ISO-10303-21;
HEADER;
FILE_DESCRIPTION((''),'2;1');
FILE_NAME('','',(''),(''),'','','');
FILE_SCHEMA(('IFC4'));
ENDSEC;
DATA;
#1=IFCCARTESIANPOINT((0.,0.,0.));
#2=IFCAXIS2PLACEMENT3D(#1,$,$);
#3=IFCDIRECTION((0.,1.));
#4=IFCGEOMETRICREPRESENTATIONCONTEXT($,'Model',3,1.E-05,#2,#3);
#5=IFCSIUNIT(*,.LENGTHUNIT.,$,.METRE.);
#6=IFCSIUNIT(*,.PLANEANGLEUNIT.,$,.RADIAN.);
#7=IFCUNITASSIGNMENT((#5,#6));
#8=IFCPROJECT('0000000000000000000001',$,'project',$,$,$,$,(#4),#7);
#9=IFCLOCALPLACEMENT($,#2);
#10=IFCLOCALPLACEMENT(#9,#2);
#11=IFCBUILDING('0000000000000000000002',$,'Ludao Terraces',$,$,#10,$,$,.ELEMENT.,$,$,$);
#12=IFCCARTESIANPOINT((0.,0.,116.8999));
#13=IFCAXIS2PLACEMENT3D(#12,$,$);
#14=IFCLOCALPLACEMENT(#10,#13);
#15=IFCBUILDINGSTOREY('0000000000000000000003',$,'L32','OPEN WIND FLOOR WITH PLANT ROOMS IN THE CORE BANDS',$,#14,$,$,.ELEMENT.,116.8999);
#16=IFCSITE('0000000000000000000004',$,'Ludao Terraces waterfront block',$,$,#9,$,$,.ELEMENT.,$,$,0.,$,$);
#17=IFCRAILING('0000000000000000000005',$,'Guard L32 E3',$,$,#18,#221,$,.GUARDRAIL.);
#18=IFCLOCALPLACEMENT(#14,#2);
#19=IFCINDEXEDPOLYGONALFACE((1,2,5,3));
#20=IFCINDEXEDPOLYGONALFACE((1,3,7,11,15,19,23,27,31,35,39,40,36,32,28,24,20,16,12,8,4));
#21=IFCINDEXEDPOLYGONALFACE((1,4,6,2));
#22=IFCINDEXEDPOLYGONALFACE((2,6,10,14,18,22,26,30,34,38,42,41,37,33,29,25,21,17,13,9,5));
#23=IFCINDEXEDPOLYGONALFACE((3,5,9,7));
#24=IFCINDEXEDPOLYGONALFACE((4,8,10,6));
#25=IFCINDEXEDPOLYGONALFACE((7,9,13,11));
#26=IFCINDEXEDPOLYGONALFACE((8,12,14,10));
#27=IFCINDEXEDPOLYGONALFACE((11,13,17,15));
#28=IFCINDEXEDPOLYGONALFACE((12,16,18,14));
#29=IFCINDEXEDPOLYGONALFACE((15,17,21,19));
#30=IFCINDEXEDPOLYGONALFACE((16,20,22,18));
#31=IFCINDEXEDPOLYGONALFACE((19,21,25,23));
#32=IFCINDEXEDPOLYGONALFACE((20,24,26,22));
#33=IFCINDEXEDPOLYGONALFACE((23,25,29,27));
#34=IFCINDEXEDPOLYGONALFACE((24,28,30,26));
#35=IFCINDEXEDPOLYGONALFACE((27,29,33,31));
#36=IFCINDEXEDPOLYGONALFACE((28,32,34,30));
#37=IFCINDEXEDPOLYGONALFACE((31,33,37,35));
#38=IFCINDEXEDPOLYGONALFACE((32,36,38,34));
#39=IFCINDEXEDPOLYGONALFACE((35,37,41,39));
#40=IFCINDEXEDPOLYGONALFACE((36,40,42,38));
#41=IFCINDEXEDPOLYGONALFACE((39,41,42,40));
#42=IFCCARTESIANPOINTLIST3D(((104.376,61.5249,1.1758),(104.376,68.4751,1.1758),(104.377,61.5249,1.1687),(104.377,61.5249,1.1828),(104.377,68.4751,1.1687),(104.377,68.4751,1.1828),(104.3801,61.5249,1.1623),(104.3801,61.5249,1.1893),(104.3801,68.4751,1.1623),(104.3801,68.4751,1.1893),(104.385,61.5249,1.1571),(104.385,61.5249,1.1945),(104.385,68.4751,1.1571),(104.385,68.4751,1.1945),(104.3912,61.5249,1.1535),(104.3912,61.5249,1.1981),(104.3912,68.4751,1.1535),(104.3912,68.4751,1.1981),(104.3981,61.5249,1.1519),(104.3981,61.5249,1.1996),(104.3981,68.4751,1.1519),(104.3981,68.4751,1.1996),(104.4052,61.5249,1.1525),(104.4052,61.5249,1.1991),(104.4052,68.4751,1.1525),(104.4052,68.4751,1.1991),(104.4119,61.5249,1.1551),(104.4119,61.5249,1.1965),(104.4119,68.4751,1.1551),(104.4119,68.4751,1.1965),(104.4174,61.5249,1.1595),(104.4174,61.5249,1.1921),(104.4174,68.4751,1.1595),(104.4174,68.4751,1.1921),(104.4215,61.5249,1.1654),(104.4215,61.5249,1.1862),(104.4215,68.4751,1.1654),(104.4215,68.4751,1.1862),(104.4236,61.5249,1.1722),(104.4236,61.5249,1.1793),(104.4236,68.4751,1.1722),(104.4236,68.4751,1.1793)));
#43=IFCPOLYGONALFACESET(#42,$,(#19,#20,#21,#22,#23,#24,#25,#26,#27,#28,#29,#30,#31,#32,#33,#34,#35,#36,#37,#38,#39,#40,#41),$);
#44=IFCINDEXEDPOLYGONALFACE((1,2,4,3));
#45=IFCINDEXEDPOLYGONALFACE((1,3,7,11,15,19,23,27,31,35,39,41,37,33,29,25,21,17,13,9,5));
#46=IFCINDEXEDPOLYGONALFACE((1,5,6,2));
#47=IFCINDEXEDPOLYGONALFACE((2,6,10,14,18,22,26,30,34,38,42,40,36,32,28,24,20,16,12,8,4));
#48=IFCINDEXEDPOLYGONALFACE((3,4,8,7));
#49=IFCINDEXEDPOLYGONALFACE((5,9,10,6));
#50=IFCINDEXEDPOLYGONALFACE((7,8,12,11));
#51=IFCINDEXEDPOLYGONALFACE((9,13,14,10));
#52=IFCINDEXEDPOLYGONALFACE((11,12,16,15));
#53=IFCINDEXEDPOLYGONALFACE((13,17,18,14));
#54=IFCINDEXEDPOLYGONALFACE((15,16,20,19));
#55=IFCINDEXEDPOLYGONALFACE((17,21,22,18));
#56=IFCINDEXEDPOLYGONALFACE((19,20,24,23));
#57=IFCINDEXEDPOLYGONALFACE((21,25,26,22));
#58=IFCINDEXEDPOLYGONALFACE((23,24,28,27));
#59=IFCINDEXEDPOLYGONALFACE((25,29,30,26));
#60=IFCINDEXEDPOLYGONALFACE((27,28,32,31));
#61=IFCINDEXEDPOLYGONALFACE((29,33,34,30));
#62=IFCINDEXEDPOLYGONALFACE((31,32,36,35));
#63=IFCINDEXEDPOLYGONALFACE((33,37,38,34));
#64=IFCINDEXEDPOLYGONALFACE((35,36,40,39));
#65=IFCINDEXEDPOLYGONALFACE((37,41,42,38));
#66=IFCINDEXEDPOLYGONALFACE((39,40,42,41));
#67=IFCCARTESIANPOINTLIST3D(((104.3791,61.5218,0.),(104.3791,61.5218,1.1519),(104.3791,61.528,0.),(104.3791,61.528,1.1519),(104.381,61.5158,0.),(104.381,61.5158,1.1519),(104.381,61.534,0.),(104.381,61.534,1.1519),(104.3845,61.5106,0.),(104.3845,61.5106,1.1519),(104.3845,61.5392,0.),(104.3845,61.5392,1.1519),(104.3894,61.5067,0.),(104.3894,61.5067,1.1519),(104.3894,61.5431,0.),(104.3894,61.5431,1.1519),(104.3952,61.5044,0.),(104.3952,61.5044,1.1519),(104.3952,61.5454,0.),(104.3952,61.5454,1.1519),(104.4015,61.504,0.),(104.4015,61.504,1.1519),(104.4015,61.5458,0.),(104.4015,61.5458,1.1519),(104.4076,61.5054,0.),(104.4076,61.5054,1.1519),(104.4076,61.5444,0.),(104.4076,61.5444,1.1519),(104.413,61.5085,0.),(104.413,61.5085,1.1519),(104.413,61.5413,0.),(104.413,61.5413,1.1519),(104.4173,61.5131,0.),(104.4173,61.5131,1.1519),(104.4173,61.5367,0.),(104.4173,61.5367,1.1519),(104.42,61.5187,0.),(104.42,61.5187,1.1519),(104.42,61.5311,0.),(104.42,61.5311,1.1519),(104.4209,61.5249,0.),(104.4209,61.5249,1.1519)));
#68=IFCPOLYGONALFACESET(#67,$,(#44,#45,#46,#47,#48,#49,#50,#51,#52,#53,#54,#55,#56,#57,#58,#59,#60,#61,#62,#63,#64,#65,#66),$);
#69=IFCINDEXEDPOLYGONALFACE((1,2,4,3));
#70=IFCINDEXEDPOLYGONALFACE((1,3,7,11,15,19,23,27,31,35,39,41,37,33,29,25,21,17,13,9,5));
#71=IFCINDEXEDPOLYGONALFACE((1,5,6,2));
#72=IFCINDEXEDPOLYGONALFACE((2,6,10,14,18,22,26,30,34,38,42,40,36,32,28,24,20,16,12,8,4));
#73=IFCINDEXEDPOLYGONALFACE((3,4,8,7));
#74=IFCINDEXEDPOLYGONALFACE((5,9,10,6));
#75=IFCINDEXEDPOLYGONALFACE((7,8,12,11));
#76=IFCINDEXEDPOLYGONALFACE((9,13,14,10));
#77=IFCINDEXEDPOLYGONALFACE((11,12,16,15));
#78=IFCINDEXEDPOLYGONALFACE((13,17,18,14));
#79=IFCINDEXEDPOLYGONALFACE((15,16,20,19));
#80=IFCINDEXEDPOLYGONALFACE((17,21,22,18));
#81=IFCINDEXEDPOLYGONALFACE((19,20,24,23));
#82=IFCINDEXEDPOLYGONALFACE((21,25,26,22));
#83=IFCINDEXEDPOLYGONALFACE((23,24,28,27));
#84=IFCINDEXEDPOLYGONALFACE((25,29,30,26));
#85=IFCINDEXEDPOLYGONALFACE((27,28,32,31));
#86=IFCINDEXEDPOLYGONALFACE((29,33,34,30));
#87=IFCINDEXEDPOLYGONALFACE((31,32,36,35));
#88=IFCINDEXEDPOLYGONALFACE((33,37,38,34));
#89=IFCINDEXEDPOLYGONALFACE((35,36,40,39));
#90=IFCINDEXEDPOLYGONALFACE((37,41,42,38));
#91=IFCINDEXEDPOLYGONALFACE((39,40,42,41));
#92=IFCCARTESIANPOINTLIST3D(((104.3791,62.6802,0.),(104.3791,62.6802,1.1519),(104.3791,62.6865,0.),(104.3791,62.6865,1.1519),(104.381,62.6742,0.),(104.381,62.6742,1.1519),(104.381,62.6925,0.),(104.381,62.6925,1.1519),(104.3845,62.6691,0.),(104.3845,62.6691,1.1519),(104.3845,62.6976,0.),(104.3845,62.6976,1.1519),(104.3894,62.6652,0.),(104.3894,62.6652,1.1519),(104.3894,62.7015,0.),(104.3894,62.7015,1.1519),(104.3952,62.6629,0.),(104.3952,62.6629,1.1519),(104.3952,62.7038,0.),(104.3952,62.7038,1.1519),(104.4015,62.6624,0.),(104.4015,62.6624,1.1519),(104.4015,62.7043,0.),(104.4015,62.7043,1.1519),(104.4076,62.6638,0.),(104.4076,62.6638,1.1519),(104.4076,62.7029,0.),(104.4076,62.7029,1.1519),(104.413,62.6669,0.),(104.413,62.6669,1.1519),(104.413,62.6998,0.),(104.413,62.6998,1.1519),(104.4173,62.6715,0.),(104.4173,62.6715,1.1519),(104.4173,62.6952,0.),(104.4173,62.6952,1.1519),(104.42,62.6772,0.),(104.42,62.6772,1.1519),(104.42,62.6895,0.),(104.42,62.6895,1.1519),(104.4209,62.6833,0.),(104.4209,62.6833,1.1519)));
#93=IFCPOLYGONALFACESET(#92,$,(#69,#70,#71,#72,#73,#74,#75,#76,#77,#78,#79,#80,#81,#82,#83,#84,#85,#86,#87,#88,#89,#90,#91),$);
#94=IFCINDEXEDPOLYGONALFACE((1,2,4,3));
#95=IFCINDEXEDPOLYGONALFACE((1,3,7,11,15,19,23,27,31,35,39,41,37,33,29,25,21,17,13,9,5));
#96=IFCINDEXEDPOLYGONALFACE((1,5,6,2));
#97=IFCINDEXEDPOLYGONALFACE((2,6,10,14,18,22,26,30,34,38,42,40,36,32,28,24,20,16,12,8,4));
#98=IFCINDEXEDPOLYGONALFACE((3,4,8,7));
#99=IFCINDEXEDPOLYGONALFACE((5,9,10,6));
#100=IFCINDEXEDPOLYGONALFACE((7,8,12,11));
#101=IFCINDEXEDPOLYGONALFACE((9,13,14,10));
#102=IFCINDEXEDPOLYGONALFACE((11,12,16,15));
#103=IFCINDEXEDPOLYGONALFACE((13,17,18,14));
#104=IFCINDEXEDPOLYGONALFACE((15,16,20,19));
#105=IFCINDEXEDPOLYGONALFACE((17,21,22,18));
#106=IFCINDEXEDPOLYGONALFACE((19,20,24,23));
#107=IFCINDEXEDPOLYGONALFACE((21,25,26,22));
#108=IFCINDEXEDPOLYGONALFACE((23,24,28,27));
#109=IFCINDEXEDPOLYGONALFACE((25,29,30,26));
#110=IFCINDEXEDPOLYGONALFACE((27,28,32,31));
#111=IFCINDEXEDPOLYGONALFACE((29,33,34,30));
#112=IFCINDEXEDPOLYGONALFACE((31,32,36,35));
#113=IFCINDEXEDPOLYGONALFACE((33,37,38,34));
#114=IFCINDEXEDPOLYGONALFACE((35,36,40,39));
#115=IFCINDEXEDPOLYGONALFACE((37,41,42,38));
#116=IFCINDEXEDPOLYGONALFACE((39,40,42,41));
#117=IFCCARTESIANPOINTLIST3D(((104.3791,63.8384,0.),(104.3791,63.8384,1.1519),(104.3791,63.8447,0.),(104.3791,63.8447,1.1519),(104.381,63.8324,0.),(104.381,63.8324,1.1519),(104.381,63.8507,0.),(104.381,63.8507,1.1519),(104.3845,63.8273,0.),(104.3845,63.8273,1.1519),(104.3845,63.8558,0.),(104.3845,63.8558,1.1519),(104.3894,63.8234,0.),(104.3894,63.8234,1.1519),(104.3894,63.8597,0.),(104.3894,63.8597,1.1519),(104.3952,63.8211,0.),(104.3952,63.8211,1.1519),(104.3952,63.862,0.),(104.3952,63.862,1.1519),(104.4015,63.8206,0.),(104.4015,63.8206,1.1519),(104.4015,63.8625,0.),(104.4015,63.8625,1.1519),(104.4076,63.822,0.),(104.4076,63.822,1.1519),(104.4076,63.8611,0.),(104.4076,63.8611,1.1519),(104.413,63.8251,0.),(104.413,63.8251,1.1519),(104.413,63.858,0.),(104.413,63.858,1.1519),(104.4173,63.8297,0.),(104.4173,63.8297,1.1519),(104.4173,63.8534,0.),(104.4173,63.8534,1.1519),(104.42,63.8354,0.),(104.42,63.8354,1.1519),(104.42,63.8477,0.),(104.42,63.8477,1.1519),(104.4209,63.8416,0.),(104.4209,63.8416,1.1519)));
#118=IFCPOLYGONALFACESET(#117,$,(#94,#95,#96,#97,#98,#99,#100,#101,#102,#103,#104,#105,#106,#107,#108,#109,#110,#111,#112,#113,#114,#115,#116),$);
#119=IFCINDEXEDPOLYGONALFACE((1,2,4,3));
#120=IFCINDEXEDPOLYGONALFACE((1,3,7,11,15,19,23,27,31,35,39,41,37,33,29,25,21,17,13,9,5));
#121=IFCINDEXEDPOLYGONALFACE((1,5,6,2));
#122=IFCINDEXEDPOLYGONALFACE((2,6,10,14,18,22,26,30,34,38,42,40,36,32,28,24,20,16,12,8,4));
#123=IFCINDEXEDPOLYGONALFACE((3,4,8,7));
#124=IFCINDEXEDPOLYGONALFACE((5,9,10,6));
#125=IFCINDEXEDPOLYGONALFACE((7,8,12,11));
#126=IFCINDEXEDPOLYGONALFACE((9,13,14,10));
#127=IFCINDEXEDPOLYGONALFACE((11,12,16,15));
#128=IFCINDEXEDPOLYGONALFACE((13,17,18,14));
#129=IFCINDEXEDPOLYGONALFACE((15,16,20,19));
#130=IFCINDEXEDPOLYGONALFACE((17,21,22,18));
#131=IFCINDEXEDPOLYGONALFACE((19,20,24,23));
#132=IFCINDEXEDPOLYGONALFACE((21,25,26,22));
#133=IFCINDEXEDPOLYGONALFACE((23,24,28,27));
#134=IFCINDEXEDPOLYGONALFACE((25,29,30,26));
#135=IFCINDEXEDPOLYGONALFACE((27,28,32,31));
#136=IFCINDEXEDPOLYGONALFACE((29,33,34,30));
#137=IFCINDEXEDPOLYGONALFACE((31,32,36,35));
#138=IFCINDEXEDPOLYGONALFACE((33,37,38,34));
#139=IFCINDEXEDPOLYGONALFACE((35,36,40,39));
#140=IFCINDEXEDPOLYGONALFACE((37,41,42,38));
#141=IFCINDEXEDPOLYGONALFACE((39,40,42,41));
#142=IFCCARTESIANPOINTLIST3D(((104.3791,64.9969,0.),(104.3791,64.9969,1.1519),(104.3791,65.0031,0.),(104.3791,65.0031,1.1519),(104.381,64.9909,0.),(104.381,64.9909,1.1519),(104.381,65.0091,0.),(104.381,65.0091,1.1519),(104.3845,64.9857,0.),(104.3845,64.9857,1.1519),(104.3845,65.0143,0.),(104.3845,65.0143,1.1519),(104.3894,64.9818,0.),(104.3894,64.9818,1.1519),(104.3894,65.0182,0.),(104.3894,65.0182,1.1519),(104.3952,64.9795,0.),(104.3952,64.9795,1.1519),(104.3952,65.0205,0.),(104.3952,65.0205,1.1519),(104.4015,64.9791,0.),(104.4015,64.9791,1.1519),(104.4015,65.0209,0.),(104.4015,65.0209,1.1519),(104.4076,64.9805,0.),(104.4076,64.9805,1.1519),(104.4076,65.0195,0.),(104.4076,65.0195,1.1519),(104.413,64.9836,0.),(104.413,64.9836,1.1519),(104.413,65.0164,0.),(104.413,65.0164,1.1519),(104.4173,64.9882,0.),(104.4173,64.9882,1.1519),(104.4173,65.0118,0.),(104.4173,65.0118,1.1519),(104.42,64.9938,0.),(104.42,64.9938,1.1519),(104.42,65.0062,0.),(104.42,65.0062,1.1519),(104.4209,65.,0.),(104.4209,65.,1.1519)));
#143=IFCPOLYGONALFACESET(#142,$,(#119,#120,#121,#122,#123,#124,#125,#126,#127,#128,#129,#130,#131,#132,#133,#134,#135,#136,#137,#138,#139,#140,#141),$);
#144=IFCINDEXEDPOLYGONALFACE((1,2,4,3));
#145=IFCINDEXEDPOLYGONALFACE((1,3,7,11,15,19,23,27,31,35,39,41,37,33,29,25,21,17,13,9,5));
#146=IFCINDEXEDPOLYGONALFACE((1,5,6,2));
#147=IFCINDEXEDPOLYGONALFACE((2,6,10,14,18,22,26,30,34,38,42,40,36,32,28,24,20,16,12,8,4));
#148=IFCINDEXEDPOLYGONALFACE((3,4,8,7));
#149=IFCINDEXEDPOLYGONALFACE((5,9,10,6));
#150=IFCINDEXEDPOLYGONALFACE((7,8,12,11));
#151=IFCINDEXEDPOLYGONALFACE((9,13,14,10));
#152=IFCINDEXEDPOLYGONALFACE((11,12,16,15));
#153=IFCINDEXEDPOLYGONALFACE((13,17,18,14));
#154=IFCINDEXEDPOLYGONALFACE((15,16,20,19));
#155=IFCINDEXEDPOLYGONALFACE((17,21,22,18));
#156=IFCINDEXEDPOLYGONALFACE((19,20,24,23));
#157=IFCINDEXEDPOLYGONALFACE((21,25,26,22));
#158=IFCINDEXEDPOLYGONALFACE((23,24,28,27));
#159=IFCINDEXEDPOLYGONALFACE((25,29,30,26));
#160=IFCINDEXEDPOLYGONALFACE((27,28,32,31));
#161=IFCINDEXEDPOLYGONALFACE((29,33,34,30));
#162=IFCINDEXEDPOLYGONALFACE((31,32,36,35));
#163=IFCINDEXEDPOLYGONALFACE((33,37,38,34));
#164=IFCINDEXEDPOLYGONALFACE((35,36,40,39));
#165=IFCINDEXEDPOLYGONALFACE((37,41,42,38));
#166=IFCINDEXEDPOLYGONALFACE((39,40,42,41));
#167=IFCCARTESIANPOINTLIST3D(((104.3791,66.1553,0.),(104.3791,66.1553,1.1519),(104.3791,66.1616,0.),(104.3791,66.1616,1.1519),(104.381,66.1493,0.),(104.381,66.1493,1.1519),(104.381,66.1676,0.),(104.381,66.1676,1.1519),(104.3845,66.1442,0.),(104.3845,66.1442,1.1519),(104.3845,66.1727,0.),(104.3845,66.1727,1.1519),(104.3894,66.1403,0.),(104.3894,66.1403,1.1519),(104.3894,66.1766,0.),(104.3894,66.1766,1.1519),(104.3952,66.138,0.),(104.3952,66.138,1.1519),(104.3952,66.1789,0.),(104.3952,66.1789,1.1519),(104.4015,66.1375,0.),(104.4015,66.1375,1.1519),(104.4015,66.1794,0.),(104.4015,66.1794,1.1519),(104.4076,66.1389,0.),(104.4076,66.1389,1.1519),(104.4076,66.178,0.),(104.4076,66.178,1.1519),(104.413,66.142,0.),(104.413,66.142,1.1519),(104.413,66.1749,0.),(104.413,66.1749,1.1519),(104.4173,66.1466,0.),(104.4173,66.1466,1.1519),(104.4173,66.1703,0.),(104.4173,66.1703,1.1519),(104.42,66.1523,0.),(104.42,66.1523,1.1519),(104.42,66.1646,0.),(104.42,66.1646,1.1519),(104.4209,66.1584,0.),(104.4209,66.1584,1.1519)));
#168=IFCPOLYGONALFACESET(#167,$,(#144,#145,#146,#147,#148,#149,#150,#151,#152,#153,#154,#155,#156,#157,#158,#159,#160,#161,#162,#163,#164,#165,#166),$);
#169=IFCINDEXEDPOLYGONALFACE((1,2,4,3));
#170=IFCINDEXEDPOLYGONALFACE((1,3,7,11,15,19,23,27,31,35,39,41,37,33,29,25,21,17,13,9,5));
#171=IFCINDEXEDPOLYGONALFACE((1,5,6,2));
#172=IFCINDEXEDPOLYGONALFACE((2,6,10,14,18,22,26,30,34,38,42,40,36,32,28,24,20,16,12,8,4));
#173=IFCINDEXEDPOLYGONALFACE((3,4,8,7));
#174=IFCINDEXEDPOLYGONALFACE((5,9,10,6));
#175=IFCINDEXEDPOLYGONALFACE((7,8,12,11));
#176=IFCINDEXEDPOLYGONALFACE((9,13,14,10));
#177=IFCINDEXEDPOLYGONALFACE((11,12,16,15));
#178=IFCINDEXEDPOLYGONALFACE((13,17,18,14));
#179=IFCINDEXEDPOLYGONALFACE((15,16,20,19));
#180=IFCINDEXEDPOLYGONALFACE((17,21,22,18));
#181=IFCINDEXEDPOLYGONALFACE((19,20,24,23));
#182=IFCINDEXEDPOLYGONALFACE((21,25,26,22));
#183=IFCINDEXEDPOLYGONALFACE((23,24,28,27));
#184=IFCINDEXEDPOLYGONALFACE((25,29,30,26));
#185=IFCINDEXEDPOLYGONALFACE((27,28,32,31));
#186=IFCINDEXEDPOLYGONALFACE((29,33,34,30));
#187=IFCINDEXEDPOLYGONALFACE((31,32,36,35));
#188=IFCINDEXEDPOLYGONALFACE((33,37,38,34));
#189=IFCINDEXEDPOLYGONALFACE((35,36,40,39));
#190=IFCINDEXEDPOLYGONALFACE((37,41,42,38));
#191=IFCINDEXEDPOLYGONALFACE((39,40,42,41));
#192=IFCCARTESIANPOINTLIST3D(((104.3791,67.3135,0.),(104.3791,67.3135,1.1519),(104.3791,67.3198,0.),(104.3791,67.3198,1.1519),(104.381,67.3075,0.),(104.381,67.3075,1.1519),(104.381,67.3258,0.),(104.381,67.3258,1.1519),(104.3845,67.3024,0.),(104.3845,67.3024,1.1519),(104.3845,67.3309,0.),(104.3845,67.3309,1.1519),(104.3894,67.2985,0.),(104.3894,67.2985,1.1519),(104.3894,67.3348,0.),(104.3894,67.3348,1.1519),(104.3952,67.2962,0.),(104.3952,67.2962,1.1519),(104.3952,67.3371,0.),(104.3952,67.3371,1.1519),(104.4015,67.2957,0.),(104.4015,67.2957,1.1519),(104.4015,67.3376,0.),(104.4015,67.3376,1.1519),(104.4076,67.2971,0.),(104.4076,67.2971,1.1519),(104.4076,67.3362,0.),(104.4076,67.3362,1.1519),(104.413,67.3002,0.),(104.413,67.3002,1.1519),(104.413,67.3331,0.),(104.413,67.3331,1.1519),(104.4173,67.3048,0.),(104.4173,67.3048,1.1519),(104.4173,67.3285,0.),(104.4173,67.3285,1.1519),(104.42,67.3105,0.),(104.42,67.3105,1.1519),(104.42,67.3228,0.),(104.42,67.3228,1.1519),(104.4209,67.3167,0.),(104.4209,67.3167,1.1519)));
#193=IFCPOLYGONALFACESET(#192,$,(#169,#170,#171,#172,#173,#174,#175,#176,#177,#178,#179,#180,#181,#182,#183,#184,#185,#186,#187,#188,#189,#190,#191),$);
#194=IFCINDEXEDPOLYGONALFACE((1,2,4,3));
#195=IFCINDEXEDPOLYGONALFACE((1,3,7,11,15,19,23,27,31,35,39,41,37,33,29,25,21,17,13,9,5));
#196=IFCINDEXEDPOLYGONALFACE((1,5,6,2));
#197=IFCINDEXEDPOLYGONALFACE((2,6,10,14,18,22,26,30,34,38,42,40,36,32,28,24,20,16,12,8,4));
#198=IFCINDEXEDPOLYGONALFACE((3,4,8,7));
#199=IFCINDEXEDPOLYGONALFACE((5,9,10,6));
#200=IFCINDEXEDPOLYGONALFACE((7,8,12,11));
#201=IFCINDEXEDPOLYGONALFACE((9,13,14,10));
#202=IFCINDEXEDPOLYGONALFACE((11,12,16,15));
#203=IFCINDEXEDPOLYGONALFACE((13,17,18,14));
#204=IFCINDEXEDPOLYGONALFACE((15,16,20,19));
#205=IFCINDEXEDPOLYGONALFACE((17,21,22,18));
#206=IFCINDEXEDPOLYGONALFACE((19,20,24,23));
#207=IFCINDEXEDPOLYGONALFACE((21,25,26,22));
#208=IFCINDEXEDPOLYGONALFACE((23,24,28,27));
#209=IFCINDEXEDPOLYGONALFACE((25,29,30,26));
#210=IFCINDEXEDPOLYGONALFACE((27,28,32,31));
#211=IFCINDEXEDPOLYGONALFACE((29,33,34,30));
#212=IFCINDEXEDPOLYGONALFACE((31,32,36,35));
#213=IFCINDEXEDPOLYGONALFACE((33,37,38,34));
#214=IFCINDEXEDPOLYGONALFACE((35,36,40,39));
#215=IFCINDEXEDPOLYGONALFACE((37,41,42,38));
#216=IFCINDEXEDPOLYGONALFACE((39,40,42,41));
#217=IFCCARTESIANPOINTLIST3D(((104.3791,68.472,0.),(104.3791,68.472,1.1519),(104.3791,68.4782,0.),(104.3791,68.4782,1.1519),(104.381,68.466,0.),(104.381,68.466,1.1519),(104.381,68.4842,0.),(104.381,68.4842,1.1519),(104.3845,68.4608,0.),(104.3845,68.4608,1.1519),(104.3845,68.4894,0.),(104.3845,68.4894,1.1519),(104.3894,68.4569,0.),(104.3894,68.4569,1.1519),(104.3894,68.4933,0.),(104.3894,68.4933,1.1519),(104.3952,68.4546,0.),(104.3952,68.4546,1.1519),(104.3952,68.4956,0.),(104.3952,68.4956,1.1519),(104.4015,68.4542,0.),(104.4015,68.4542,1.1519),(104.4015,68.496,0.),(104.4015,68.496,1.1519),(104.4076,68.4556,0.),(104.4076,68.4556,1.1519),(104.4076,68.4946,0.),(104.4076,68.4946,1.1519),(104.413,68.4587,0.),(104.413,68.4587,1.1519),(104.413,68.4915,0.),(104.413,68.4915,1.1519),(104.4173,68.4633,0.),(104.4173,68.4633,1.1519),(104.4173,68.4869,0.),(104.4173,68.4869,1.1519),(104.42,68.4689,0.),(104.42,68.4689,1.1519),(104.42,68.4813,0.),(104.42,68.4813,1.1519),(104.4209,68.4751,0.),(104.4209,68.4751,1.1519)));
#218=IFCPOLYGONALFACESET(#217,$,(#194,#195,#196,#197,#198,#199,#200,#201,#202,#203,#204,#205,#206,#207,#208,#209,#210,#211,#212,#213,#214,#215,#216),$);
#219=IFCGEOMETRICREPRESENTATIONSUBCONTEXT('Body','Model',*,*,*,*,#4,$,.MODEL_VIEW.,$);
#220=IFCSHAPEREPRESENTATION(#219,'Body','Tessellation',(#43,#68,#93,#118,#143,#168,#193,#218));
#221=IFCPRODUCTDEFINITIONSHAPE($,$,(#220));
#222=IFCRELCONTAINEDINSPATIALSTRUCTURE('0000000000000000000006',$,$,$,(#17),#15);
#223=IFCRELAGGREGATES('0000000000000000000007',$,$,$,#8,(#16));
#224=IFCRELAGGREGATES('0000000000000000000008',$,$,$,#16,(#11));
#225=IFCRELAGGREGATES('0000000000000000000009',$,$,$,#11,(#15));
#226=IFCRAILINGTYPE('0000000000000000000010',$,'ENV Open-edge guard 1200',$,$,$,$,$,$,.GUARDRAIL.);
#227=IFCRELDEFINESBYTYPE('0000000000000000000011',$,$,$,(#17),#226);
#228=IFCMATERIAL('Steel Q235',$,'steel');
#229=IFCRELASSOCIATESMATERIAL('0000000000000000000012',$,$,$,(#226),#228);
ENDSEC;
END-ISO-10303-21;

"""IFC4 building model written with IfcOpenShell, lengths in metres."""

from ifc_helpers import new_model, si_unit, direction, frame, origin, origin_2d, place, context, subcontext, project, spatial, circle, extrude, material, type_object, element, save


model = new_model("IFC4")

# Units and contexts
model_context = context("Model", 3, precision=1e-05, world=origin(), true_north=direction((0.0, 1.0)))
body_context = subcontext(model_context, "Body", "Model", "MODEL_VIEW")
ifc_project = project(units=[si_unit("LENGTHUNIT", "METRE"), si_unit("PLANEANGLEUNIT", "RADIAN")], contexts=[model_context])

# Site, building, storey
site_placement = place(None, origin())
site = spatial("IfcSite", under=ifc_project, at=site_placement, Name="Ludao Terraces waterfront block", CompositionType="ELEMENT", RefElevation=0.0)
building_placement = place(site_placement, origin())
building = spatial("IfcBuilding", under=site, at=building_placement, Name="Ludao Terraces", CompositionType="ELEMENT")
storey_placement = place(building_placement, frame((0.0, 0.0, 116.8999)))
storey = spatial("IfcBuildingStorey", under=building, at=storey_placement, Name="L32", Description="OPEN WIND FLOOR WITH PLANT ROOMS IN THE CORE BANDS", CompositionType="ELEMENT", Elevation=116.8999)

# Shared definitions
ifc_material_1 = material(Name="Steel Q235", Category="steel")

# Railing
railing_type_1 = type_object("IfcRailingType", Name="ENV Open-edge guard 1200", PredefinedType="GUARDRAIL", material=ifc_material_1)
railing_1_placement = place(storey_placement, frame((104.3999, 61.5249, 0.0)))
element("IfcRailing", 1, at=railing_1_placement, inside=storey, type_object=railing_type_1, Name="Guard L32 E3", PredefinedType="GUARDRAIL", context=body_context, shape_type="SweptSolid", body=[
    extrude(circle(Radius=0.0239, at=origin_2d()), frame((0.0, 0.0, 1.1758), z_axis=(0.0, 1.0, 0.0), x_axis=(-1.0, 0.0, 0.0)), (0.0, 0.0, 1.0), 6.9502),
    extrude(circle(Radius=0.021, at=origin_2d()), origin(), (0.0, 0.0, 1.0), 1.1519),
    extrude(circle(Radius=0.021, at=origin_2d()), frame((0.0, 1.1584, 0.0)), (0.0, 0.0, 1.0), 1.1519),
    extrude(circle(Radius=0.021, at=origin_2d()), frame((0.0, 2.3167, 0.0)), (0.0, 0.0, 1.0), 1.1519),
    extrude(circle(Radius=0.021, at=origin_2d()), frame((0.0, 3.4751, 0.0)), (0.0, 0.0, 1.0), 1.1519),
    extrude(circle(Radius=0.021, at=origin_2d()), frame((0.0, 4.6335, 0.0)), (0.0, 0.0, 1.0), 1.1519),
    extrude(circle(Radius=0.021, at=origin_2d()), frame((0.0, 5.7917, 0.0)), (0.0, 0.0, 1.0), 1.1519),
    extrude(circle(Radius=0.021, at=origin_2d()), frame((0.0, 6.9502, 0.0)), (0.0, 0.0, 1.0), 1.1519),
])

save(model, "model.ifc")
